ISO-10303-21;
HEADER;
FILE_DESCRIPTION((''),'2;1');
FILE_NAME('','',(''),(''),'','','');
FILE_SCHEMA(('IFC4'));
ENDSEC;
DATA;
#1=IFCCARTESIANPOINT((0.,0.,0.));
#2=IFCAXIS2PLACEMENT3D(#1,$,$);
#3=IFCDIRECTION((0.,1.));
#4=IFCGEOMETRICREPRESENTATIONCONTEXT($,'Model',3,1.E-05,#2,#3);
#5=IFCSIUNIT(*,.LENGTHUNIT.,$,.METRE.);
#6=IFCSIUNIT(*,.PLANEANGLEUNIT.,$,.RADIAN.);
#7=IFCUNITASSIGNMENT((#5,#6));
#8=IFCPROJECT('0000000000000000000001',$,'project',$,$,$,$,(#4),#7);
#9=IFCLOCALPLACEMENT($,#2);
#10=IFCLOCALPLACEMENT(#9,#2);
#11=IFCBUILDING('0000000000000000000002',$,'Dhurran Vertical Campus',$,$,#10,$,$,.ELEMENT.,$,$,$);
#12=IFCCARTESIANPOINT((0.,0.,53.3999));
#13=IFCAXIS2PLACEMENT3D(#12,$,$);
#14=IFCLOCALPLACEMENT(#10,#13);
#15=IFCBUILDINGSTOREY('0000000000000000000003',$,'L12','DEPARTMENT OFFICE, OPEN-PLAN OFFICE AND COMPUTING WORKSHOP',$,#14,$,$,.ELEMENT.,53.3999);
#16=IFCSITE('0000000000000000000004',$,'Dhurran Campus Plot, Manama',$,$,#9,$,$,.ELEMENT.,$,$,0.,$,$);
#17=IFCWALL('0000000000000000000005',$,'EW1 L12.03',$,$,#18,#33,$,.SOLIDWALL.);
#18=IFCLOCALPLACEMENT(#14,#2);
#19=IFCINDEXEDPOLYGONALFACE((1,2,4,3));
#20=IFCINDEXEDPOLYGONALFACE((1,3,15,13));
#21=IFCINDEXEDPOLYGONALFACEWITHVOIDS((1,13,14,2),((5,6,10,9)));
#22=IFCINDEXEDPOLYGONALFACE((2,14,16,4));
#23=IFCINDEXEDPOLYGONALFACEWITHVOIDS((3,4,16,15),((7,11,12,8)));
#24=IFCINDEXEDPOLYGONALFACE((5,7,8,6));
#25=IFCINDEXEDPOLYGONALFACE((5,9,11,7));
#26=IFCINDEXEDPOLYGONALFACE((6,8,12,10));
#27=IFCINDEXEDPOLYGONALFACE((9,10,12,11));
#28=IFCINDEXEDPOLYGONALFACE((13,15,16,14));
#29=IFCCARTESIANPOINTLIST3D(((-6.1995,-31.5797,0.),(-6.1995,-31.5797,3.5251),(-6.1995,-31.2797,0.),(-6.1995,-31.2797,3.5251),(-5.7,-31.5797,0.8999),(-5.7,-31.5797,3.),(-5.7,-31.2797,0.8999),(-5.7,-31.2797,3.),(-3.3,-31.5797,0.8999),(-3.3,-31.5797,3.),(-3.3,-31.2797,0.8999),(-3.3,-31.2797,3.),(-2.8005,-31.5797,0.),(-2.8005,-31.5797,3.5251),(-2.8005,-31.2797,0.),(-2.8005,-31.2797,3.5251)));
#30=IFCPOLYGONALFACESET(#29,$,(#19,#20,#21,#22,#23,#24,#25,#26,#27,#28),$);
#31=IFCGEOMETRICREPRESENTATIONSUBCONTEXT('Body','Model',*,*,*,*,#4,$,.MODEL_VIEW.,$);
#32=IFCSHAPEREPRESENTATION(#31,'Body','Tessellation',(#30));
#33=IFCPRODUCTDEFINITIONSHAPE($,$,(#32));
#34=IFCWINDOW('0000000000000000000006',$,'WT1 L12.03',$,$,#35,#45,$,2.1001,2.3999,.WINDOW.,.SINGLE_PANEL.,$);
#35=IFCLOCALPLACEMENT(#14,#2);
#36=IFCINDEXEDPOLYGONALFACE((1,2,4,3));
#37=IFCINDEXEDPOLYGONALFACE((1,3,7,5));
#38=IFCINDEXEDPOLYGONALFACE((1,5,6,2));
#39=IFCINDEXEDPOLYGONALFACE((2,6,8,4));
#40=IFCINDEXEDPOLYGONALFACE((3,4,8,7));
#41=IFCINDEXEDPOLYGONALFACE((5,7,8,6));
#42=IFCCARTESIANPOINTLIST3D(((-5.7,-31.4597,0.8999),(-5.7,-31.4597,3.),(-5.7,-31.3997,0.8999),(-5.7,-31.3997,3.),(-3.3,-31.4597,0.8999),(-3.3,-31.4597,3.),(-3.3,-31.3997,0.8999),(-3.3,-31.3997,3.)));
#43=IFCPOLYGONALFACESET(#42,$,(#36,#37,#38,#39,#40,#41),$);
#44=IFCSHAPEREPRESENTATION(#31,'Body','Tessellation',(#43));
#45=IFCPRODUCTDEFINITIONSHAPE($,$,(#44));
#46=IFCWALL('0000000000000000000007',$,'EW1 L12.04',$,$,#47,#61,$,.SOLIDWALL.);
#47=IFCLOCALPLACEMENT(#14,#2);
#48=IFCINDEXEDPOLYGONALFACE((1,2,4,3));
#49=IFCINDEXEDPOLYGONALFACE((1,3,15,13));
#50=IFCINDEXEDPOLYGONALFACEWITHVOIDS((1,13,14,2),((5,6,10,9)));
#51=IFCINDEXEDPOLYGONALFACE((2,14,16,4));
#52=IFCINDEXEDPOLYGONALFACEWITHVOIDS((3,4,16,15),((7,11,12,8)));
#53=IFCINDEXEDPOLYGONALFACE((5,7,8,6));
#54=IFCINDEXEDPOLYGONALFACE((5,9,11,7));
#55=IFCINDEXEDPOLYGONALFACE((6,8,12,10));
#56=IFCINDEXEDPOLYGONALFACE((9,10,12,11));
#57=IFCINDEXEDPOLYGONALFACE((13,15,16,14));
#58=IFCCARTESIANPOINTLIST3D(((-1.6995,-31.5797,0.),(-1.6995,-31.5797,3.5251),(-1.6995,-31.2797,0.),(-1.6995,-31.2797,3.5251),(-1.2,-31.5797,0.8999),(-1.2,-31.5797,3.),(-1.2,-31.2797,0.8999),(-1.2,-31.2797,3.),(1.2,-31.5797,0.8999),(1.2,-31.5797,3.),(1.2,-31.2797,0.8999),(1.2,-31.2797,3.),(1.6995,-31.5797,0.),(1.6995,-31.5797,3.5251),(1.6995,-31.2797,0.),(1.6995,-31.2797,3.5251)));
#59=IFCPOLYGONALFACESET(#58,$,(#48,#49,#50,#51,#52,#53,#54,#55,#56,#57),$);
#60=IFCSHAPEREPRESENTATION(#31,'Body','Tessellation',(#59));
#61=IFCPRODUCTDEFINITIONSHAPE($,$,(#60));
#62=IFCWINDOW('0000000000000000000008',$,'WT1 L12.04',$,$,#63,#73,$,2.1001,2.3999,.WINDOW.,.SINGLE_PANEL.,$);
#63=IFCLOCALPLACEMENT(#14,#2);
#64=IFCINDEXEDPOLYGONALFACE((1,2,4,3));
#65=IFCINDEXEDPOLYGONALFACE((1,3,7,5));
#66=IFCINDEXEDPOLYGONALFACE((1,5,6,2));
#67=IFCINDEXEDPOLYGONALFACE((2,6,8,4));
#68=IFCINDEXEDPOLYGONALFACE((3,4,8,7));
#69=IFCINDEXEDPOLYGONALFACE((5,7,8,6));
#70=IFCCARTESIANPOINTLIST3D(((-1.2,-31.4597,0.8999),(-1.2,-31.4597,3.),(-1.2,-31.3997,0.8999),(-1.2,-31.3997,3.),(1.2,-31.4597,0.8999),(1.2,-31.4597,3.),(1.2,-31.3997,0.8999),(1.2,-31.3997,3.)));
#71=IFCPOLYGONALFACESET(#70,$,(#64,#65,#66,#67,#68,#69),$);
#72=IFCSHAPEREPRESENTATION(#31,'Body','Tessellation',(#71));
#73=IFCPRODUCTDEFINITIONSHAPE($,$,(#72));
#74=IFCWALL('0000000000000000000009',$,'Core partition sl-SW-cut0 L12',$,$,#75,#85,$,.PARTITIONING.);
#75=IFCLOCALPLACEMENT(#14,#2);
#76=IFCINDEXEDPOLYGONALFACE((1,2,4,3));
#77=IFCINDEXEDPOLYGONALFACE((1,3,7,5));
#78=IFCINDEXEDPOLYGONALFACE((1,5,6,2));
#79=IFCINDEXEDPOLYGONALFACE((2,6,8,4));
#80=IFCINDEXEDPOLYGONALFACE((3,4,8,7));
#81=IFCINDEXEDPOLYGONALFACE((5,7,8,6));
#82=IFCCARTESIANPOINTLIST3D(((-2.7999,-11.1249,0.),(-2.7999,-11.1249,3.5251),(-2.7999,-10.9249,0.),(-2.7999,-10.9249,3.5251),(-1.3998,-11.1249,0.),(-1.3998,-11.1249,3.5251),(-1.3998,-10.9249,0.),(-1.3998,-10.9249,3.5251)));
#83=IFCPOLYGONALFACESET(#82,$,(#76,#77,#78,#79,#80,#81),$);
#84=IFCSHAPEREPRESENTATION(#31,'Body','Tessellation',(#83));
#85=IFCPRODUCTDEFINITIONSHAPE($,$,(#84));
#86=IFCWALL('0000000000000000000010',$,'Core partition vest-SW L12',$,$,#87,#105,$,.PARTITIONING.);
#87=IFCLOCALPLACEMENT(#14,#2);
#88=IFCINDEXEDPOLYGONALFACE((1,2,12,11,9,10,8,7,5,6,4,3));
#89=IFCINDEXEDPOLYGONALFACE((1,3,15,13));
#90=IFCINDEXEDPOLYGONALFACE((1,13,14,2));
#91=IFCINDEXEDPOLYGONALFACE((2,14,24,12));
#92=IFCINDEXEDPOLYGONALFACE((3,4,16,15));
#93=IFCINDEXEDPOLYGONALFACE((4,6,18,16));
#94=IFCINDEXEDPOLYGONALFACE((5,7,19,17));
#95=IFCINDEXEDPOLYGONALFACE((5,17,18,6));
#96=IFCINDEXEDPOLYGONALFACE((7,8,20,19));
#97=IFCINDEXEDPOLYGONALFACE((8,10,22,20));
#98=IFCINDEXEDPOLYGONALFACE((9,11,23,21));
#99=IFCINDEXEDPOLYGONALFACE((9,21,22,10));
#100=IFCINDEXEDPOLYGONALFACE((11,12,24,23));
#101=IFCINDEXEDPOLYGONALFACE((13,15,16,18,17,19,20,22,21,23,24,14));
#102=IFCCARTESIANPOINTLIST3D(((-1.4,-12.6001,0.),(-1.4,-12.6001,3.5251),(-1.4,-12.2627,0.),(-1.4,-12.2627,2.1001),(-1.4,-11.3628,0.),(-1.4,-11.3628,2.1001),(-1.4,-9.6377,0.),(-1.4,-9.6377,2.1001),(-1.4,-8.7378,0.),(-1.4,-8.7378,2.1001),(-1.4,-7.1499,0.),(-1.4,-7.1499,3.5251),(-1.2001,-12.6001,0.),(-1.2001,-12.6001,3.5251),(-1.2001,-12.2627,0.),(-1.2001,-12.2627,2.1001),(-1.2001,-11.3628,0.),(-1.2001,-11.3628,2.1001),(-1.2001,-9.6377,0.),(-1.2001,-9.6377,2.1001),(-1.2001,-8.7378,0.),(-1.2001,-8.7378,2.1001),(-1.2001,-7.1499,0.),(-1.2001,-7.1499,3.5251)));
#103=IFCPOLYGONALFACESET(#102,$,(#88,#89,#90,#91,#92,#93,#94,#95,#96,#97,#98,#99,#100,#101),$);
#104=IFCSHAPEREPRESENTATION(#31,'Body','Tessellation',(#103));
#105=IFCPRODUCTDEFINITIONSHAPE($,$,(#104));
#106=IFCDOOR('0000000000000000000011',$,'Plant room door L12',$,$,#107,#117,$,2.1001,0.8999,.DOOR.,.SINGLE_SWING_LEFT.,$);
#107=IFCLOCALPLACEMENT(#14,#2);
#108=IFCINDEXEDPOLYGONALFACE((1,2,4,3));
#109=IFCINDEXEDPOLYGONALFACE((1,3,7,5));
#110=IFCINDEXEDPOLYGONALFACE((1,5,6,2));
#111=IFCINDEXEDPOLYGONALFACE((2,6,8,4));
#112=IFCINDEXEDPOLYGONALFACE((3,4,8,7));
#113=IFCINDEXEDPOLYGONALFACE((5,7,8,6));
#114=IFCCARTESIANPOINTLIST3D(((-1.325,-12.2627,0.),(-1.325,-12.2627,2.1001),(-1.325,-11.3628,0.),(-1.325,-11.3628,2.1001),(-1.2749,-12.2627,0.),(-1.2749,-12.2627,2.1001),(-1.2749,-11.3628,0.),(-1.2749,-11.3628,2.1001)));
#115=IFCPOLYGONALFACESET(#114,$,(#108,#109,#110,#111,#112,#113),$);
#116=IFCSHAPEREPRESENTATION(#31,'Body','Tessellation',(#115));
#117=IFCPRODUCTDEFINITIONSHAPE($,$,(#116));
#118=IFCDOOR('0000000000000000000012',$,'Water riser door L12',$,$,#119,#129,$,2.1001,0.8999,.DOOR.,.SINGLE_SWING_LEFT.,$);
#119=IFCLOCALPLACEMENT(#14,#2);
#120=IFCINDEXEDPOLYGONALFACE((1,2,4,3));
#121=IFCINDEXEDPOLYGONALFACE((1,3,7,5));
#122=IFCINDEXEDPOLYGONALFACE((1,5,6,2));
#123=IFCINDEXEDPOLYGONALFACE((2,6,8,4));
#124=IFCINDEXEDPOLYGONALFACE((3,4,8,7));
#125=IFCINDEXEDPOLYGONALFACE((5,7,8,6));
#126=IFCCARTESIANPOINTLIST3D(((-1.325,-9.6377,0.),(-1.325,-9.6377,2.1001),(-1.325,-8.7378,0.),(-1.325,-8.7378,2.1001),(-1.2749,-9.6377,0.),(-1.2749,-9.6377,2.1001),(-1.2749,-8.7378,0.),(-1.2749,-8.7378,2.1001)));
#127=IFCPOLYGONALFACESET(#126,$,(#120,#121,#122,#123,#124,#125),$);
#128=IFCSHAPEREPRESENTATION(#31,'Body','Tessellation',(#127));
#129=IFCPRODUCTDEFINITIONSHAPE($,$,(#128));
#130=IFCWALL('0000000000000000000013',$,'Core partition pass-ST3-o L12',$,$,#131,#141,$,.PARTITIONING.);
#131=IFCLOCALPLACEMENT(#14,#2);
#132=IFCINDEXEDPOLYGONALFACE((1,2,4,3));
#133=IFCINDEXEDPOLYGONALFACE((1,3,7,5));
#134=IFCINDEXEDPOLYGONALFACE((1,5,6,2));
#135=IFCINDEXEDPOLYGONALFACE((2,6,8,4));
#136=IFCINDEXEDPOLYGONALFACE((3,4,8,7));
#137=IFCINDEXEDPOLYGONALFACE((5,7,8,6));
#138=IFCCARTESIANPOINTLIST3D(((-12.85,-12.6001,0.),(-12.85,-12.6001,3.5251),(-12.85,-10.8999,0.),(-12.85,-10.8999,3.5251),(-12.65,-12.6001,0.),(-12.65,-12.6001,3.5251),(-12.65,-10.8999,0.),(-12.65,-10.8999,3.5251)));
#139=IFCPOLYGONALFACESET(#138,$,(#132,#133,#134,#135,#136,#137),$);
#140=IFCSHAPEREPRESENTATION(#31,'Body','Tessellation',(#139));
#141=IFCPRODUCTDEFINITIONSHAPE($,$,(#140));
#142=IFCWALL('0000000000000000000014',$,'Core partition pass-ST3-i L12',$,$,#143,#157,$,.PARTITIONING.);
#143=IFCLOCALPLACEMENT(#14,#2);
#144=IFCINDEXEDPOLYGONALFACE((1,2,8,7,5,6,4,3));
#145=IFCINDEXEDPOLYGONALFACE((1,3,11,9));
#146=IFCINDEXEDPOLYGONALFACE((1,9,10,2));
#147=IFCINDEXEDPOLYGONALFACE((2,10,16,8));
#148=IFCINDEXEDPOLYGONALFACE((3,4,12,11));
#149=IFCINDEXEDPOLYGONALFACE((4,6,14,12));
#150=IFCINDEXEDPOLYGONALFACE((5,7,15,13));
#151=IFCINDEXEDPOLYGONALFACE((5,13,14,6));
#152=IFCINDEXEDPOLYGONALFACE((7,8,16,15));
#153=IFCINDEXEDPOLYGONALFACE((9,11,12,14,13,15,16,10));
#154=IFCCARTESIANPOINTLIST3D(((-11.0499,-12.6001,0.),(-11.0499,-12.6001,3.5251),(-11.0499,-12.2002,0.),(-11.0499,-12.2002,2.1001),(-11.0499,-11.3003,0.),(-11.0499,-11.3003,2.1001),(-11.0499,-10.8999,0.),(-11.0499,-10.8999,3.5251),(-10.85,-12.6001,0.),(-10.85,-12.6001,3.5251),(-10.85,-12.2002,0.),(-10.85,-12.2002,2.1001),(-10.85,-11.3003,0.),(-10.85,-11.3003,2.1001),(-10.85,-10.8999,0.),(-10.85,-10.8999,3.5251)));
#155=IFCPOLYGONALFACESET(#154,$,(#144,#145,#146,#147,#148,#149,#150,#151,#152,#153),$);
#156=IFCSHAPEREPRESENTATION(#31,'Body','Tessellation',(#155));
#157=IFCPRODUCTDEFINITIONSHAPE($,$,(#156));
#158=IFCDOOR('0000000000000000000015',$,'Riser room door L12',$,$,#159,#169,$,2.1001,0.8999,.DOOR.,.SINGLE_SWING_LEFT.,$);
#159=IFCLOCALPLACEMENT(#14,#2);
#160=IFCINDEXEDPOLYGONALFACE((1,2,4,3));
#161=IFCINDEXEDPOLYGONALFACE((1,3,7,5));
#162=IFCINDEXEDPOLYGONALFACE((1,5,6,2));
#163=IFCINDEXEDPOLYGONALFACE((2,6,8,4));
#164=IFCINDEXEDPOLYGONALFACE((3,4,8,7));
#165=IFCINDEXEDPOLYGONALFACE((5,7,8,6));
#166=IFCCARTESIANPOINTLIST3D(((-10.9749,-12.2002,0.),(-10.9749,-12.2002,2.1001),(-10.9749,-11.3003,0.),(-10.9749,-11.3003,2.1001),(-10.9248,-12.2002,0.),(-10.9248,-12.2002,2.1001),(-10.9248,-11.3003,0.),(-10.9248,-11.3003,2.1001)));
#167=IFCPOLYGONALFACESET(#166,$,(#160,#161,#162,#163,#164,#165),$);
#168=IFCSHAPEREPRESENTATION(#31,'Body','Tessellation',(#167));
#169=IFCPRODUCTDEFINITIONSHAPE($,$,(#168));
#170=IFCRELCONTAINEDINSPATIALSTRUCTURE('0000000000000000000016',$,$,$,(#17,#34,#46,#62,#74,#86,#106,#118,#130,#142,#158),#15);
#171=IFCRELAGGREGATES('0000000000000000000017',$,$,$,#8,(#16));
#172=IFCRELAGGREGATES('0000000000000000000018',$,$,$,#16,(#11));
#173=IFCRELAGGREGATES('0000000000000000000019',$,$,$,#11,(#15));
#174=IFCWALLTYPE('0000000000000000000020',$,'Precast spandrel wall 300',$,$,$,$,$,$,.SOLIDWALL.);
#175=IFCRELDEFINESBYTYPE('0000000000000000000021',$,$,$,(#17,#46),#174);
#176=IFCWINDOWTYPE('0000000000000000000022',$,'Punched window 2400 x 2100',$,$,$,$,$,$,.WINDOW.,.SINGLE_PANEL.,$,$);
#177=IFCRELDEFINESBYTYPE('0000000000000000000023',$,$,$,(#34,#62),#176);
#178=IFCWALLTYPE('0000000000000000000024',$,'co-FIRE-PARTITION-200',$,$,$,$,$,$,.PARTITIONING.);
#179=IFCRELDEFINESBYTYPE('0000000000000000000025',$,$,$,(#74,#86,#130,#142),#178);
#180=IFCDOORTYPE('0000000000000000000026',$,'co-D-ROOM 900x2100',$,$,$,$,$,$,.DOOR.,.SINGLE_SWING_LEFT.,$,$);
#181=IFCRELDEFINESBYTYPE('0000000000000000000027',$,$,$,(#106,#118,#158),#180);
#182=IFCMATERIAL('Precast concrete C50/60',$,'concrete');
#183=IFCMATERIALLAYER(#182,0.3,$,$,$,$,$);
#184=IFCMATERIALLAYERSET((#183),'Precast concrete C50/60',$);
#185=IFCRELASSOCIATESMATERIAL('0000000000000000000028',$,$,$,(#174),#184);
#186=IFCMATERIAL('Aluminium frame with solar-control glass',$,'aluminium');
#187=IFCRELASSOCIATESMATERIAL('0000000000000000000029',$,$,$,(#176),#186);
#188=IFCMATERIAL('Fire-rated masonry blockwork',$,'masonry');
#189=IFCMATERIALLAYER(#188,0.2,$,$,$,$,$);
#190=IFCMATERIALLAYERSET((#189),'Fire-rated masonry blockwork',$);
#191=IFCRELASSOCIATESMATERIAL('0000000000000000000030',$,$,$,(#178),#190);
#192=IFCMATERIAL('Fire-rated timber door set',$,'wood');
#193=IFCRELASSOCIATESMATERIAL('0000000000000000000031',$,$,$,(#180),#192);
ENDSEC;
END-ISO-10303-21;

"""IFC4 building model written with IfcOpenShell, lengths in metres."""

from ifc_helpers import new_model, si_unit, direction, frame, frame_2d, origin, place, context, subcontext, project, spatial, rectangle, extrude, material, layer, layer_set, type_object, element, fill, save


model = new_model("IFC4")

# Units and contexts
model_context = context("Model", 3, precision=1e-05, world=origin(), true_north=direction((0.0, 1.0)))
body_context = subcontext(model_context, "Body", "Model", "MODEL_VIEW")
ifc_project = project(units=[si_unit("LENGTHUNIT", "METRE"), si_unit("PLANEANGLEUNIT", "RADIAN")], contexts=[model_context])

# Site, building, storey
site_placement = place(None, origin())
site = spatial("IfcSite", under=ifc_project, at=site_placement, Name="Dhurran Campus Plot, Manama", CompositionType="ELEMENT", RefElevation=0.0)
building_placement = place(site_placement, origin())
building = spatial("IfcBuilding", under=site, at=building_placement, Name="Dhurran Vertical Campus", CompositionType="ELEMENT")
storey_placement = place(building_placement, frame((0.0, 0.0, 53.3999)))
storey = spatial("IfcBuildingStorey", under=building, at=storey_placement, Name="L12", Description="DEPARTMENT OFFICE, OPEN-PLAN OFFICE AND COMPUTING WORKSHOP", CompositionType="ELEMENT", Elevation=53.3999)

# Walls, openings, windows
ifc_material_1 = material(Name="Precast concrete C50/60", Category="concrete")
ifc_layer_1 = layer(ifc_material_1, 0.3)
ifc_layer_set_1 = layer_set([ifc_layer_1], Name="Precast concrete C50/60")
wall_type_1 = type_object("IfcWallType", Name="Precast spandrel wall 300", PredefinedType="SOLIDWALL", material=ifc_layer_set_1)
ifc_material_2 = material(Name="Aluminium frame with solar-control glass", Category="aluminium")
window_type = type_object("IfcWindowType", Name="Punched window 2400 x 2100", PartitioningType="SINGLE_PANEL", PredefinedType="WINDOW", material=ifc_material_2)
wall_1_placement = place(storey_placement, frame((-6.1995, -31.4297, 0.0), z_axis=(0.0, 0.0, 1.0), x_axis=(1.0, 0.0, 0.0)))
wall_1 = element("IfcWall", 1, at=wall_1_placement, inside=storey, type_object=wall_type_1, Name="EW1 L12.03", PredefinedType="SOLIDWALL", context=body_context, shape_type="SweptSolid", body=[
    extrude(rectangle(XDim=3.3989, YDim=0.3, at=frame_2d((1.6995, 0.0))), origin(), (0.0, 0.0, 1.0), 3.5251),
])
opening_1_placement = place(wall_1_placement, frame((0.4995, 0.0, 0.8999)))
opening_1 = element("IfcOpeningElement", 2, at=opening_1_placement, cuts=wall_1, PredefinedType="OPENING", context=body_context, shape_type="SweptSolid", body=[
    extrude(rectangle(XDim=2.3999, YDim=2.1001, at=frame_2d((1.2, 1.05))), frame((0.0, 0.1599, 0.0), z_axis=(0.0, -1.0, 0.0), x_axis=(1.0, 0.0, 0.0)), (0.0, 0.0, 1.0), 0.3201),
])
window_1_placement = place(opening_1_placement, origin())
window_1 = element("IfcWindow", 3, at=window_1_placement, inside=storey, type_object=window_type, Name="WT1 L12.03", OverallHeight=2.1001, OverallWidth=2.3999, PartitioningType="SINGLE_PANEL", PredefinedType="WINDOW", context=body_context, shape_type="SweptSolid", body=[
    extrude(rectangle(XDim=2.3999, YDim=2.1001, at=frame_2d((1.2, 1.05))), frame((0.0, 0.03, 0.0), z_axis=(0.0, -1.0, 0.0), x_axis=(1.0, 0.0, 0.0)), (0.0, 0.0, 1.0), 0.0601),
])
fill(opening_1, window_1)
wall_2_placement = place(storey_placement, frame((-1.6995, -31.4297, 0.0), z_axis=(0.0, 0.0, 1.0), x_axis=(1.0, 0.0, 0.0)))
wall_2 = element("IfcWall", 4, at=wall_2_placement, inside=storey, type_object=wall_type_1, Name="EW1 L12.04", PredefinedType="SOLIDWALL", context=body_context, shape_type="SweptSolid", body=[
    extrude(rectangle(XDim=3.3989, YDim=0.3, at=frame_2d((1.6995, 0.0))), origin(), (0.0, 0.0, 1.0), 3.5251),
])
opening_2_placement = place(wall_2_placement, frame((0.4995, 0.0, 0.8999)))
opening_2 = element("IfcOpeningElement", 5, at=opening_2_placement, cuts=wall_2, PredefinedType="OPENING", context=body_context, shape_type="SweptSolid", body=[
    extrude(rectangle(XDim=2.3999, YDim=2.1001, at=frame_2d((1.2, 1.05))), frame((0.0, 0.1599, 0.0), z_axis=(0.0, -1.0, 0.0), x_axis=(1.0, 0.0, 0.0)), (0.0, 0.0, 1.0), 0.3201),
])
window_2_placement = place(opening_2_placement, origin())
window_2 = element("IfcWindow", 6, at=window_2_placement, inside=storey, type_object=window_type, Name="WT1 L12.04", OverallHeight=2.1001, OverallWidth=2.3999, PartitioningType="SINGLE_PANEL", PredefinedType="WINDOW", context=body_context, shape_type="SweptSolid", body=[
    extrude(rectangle(XDim=2.3999, YDim=2.1001, at=frame_2d((1.2, 1.05))), frame((0.0, 0.03, 0.0), z_axis=(0.0, -1.0, 0.0), x_axis=(1.0, 0.0, 0.0)), (0.0, 0.0, 1.0), 0.0601),
])
fill(opening_2, window_2)

# Wall
ifc_material_3 = material(Name="Fire-rated masonry blockwork", Category="masonry")
ifc_layer_2 = layer(ifc_material_3, 0.2)
ifc_layer_set_2 = layer_set([ifc_layer_2], Name="Fire-rated masonry blockwork")
wall_type_2 = type_object("IfcWallType", Name="co-FIRE-PARTITION-200", PredefinedType="PARTITIONING", material=ifc_layer_set_2)
wall_3_placement = place(storey_placement, frame((-2.8, -11.0249, 0.0), z_axis=(0.0, 0.0, 1.0), x_axis=(1.0, 0.0, 0.0)))
element("IfcWall", 7, at=wall_3_placement, inside=storey, type_object=wall_type_2, Name="Core partition sl-SW-cut0 L12", PredefinedType="PARTITIONING", context=body_context, shape_type="SweptSolid", body=[
    extrude(rectangle(XDim=1.4001, YDim=0.2, at=frame_2d((0.7002, 0.0))), origin(), (0.0, 0.0, 1.0), 3.5251),
])

# Wall, openings, doors
wall_4_placement = place(storey_placement, frame((-1.3, -12.6001, 0.0), z_axis=(0.0, 0.0, 1.0), x_axis=(0.0, 1.0, 0.0)))
wall_4 = element("IfcWall", 8, at=wall_4_placement, inside=storey, type_object=wall_type_2, Name="Core partition vest-SW L12", PredefinedType="PARTITIONING", context=body_context, shape_type="SweptSolid", body=[
    extrude(rectangle(XDim=5.4502, YDim=0.2, at=frame_2d((2.7251, 0.0))), origin(), (0.0, 0.0, 1.0), 3.5251),
])
opening_3_placement = place(wall_4_placement, frame((0.3374, 0.0, 0.0)))
opening_3 = element("IfcOpeningElement", 9, at=opening_3_placement, cuts=wall_4, PredefinedType="OPENING", context=body_context, shape_type="SweptSolid", body=[
    extrude(rectangle(XDim=0.8999, YDim=2.1001, at=frame_2d((0.45, 1.05))), frame((0.0, 0.1099, 0.0), z_axis=(0.0, -1.0, 0.0), x_axis=(1.0, 0.0, 0.0)), (0.0, 0.0, 1.0), 0.22),
])
opening_4_placement = place(wall_4_placement, frame((2.9624, 0.0, 0.0)))
opening_4 = element("IfcOpeningElement", 10, at=opening_4_placement, cuts=wall_4, PredefinedType="OPENING", context=body_context, shape_type="SweptSolid", body=[
    extrude(rectangle(XDim=0.8999, YDim=2.1001, at=frame_2d((0.45, 1.05))), frame((0.0, 0.1099, 0.0), z_axis=(0.0, -1.0, 0.0), x_axis=(1.0, 0.0, 0.0)), (0.0, 0.0, 1.0), 0.22),
])
ifc_material_4 = material(Name="Fire-rated timber door set", Category="wood")
door_type_1 = type_object("IfcDoorType", Name="co-D-ROOM 900x2100", OperationType="SINGLE_SWING_LEFT", PredefinedType="DOOR", material=ifc_material_4)
door_1_placement = place(opening_3_placement, origin())
door_1 = element("IfcDoor", 11, at=door_1_placement, inside=storey, type_object=door_type_1, Name="Plant room door L12", OperationType="SINGLE_SWING_LEFT", OverallHeight=2.1001, OverallWidth=0.8999, PredefinedType="DOOR", context=body_context, shape_type="SweptSolid", body=[
    extrude(rectangle(XDim=0.8999, YDim=2.1001, at=frame_2d((0.45, 1.05))), frame((0.0, 0.0249, 0.0), z_axis=(0.0, -1.0, 0.0), x_axis=(1.0, 0.0, 0.0)), (0.0, 0.0, 1.0), 0.05),
])
fill(opening_3, door_1)
door_2_placement = place(opening_4_placement, origin())
door_2 = element("IfcDoor", 12, at=door_2_placement, inside=storey, type_object=door_type_1, Name="Water riser door L12", OperationType="SINGLE_SWING_LEFT", OverallHeight=2.1001, OverallWidth=0.8999, PredefinedType="DOOR", context=body_context, shape_type="SweptSolid", body=[
    extrude(rectangle(XDim=0.8999, YDim=2.1001, at=frame_2d((0.45, 1.05))), frame((0.0, 0.0249, 0.0), z_axis=(0.0, -1.0, 0.0), x_axis=(1.0, 0.0, 0.0)), (0.0, 0.0, 1.0), 0.05),
])
fill(opening_4, door_2)

# Wall
wall_5_placement = place(storey_placement, frame((-12.75, -12.6001, 0.0), z_axis=(0.0, 0.0, 1.0), x_axis=(0.0, 1.0, 0.0)))
element("IfcWall", 13, at=wall_5_placement, inside=storey, type_object=wall_type_2, Name="Core partition pass-ST3-o L12", PredefinedType="PARTITIONING", context=body_context, shape_type="SweptSolid", body=[
    extrude(rectangle(XDim=1.7002, YDim=0.2, at=frame_2d((0.8501, 0.0))), origin(), (0.0, 0.0, 1.0), 3.5251),
])

# Wall, opening, door
wall_6_placement = place(storey_placement, frame((-10.95, -12.6001, 0.0), z_axis=(0.0, 0.0, 1.0), x_axis=(0.0, 1.0, 0.0)))
wall_6 = element("IfcWall", 14, at=wall_6_placement, inside=storey, type_object=wall_type_2, Name="Core partition pass-ST3-i L12", PredefinedType="PARTITIONING", context=body_context, shape_type="SweptSolid", body=[
    extrude(rectangle(XDim=1.7002, YDim=0.2, at=frame_2d((0.8501, 0.0))), origin(), (0.0, 0.0, 1.0), 3.5251),
])
opening_5_placement = place(wall_6_placement, frame((0.3999, 0.0, 0.0)))
opening_5 = element("IfcOpeningElement", 15, at=opening_5_placement, cuts=wall_6, PredefinedType="OPENING", context=body_context, shape_type="SweptSolid", body=[
    extrude(rectangle(XDim=0.8999, YDim=2.1001, at=frame_2d((0.45, 1.05))), frame((0.0, 0.1099, 0.0), z_axis=(0.0, -1.0, 0.0), x_axis=(1.0, 0.0, 0.0)), (0.0, 0.0, 1.0), 0.22),
])
door_3_placement = place(opening_5_placement, origin())
door_3 = element("IfcDoor", 16, at=door_3_placement, inside=storey, type_object=door_type_1, Name="Riser room door L12", OperationType="SINGLE_SWING_LEFT", OverallHeight=2.1001, OverallWidth=0.8999, PredefinedType="DOOR", context=body_context, shape_type="SweptSolid", body=[
    extrude(rectangle(XDim=0.8999, YDim=2.1001, at=frame_2d((0.45, 1.05))), frame((0.0, 0.0249, 0.0), z_axis=(0.0, -1.0, 0.0), x_axis=(1.0, 0.0, 0.0)), (0.0, 0.0, 1.0), 0.05),
])
fill(opening_5, door_3)

save(model, "model.ifc")
